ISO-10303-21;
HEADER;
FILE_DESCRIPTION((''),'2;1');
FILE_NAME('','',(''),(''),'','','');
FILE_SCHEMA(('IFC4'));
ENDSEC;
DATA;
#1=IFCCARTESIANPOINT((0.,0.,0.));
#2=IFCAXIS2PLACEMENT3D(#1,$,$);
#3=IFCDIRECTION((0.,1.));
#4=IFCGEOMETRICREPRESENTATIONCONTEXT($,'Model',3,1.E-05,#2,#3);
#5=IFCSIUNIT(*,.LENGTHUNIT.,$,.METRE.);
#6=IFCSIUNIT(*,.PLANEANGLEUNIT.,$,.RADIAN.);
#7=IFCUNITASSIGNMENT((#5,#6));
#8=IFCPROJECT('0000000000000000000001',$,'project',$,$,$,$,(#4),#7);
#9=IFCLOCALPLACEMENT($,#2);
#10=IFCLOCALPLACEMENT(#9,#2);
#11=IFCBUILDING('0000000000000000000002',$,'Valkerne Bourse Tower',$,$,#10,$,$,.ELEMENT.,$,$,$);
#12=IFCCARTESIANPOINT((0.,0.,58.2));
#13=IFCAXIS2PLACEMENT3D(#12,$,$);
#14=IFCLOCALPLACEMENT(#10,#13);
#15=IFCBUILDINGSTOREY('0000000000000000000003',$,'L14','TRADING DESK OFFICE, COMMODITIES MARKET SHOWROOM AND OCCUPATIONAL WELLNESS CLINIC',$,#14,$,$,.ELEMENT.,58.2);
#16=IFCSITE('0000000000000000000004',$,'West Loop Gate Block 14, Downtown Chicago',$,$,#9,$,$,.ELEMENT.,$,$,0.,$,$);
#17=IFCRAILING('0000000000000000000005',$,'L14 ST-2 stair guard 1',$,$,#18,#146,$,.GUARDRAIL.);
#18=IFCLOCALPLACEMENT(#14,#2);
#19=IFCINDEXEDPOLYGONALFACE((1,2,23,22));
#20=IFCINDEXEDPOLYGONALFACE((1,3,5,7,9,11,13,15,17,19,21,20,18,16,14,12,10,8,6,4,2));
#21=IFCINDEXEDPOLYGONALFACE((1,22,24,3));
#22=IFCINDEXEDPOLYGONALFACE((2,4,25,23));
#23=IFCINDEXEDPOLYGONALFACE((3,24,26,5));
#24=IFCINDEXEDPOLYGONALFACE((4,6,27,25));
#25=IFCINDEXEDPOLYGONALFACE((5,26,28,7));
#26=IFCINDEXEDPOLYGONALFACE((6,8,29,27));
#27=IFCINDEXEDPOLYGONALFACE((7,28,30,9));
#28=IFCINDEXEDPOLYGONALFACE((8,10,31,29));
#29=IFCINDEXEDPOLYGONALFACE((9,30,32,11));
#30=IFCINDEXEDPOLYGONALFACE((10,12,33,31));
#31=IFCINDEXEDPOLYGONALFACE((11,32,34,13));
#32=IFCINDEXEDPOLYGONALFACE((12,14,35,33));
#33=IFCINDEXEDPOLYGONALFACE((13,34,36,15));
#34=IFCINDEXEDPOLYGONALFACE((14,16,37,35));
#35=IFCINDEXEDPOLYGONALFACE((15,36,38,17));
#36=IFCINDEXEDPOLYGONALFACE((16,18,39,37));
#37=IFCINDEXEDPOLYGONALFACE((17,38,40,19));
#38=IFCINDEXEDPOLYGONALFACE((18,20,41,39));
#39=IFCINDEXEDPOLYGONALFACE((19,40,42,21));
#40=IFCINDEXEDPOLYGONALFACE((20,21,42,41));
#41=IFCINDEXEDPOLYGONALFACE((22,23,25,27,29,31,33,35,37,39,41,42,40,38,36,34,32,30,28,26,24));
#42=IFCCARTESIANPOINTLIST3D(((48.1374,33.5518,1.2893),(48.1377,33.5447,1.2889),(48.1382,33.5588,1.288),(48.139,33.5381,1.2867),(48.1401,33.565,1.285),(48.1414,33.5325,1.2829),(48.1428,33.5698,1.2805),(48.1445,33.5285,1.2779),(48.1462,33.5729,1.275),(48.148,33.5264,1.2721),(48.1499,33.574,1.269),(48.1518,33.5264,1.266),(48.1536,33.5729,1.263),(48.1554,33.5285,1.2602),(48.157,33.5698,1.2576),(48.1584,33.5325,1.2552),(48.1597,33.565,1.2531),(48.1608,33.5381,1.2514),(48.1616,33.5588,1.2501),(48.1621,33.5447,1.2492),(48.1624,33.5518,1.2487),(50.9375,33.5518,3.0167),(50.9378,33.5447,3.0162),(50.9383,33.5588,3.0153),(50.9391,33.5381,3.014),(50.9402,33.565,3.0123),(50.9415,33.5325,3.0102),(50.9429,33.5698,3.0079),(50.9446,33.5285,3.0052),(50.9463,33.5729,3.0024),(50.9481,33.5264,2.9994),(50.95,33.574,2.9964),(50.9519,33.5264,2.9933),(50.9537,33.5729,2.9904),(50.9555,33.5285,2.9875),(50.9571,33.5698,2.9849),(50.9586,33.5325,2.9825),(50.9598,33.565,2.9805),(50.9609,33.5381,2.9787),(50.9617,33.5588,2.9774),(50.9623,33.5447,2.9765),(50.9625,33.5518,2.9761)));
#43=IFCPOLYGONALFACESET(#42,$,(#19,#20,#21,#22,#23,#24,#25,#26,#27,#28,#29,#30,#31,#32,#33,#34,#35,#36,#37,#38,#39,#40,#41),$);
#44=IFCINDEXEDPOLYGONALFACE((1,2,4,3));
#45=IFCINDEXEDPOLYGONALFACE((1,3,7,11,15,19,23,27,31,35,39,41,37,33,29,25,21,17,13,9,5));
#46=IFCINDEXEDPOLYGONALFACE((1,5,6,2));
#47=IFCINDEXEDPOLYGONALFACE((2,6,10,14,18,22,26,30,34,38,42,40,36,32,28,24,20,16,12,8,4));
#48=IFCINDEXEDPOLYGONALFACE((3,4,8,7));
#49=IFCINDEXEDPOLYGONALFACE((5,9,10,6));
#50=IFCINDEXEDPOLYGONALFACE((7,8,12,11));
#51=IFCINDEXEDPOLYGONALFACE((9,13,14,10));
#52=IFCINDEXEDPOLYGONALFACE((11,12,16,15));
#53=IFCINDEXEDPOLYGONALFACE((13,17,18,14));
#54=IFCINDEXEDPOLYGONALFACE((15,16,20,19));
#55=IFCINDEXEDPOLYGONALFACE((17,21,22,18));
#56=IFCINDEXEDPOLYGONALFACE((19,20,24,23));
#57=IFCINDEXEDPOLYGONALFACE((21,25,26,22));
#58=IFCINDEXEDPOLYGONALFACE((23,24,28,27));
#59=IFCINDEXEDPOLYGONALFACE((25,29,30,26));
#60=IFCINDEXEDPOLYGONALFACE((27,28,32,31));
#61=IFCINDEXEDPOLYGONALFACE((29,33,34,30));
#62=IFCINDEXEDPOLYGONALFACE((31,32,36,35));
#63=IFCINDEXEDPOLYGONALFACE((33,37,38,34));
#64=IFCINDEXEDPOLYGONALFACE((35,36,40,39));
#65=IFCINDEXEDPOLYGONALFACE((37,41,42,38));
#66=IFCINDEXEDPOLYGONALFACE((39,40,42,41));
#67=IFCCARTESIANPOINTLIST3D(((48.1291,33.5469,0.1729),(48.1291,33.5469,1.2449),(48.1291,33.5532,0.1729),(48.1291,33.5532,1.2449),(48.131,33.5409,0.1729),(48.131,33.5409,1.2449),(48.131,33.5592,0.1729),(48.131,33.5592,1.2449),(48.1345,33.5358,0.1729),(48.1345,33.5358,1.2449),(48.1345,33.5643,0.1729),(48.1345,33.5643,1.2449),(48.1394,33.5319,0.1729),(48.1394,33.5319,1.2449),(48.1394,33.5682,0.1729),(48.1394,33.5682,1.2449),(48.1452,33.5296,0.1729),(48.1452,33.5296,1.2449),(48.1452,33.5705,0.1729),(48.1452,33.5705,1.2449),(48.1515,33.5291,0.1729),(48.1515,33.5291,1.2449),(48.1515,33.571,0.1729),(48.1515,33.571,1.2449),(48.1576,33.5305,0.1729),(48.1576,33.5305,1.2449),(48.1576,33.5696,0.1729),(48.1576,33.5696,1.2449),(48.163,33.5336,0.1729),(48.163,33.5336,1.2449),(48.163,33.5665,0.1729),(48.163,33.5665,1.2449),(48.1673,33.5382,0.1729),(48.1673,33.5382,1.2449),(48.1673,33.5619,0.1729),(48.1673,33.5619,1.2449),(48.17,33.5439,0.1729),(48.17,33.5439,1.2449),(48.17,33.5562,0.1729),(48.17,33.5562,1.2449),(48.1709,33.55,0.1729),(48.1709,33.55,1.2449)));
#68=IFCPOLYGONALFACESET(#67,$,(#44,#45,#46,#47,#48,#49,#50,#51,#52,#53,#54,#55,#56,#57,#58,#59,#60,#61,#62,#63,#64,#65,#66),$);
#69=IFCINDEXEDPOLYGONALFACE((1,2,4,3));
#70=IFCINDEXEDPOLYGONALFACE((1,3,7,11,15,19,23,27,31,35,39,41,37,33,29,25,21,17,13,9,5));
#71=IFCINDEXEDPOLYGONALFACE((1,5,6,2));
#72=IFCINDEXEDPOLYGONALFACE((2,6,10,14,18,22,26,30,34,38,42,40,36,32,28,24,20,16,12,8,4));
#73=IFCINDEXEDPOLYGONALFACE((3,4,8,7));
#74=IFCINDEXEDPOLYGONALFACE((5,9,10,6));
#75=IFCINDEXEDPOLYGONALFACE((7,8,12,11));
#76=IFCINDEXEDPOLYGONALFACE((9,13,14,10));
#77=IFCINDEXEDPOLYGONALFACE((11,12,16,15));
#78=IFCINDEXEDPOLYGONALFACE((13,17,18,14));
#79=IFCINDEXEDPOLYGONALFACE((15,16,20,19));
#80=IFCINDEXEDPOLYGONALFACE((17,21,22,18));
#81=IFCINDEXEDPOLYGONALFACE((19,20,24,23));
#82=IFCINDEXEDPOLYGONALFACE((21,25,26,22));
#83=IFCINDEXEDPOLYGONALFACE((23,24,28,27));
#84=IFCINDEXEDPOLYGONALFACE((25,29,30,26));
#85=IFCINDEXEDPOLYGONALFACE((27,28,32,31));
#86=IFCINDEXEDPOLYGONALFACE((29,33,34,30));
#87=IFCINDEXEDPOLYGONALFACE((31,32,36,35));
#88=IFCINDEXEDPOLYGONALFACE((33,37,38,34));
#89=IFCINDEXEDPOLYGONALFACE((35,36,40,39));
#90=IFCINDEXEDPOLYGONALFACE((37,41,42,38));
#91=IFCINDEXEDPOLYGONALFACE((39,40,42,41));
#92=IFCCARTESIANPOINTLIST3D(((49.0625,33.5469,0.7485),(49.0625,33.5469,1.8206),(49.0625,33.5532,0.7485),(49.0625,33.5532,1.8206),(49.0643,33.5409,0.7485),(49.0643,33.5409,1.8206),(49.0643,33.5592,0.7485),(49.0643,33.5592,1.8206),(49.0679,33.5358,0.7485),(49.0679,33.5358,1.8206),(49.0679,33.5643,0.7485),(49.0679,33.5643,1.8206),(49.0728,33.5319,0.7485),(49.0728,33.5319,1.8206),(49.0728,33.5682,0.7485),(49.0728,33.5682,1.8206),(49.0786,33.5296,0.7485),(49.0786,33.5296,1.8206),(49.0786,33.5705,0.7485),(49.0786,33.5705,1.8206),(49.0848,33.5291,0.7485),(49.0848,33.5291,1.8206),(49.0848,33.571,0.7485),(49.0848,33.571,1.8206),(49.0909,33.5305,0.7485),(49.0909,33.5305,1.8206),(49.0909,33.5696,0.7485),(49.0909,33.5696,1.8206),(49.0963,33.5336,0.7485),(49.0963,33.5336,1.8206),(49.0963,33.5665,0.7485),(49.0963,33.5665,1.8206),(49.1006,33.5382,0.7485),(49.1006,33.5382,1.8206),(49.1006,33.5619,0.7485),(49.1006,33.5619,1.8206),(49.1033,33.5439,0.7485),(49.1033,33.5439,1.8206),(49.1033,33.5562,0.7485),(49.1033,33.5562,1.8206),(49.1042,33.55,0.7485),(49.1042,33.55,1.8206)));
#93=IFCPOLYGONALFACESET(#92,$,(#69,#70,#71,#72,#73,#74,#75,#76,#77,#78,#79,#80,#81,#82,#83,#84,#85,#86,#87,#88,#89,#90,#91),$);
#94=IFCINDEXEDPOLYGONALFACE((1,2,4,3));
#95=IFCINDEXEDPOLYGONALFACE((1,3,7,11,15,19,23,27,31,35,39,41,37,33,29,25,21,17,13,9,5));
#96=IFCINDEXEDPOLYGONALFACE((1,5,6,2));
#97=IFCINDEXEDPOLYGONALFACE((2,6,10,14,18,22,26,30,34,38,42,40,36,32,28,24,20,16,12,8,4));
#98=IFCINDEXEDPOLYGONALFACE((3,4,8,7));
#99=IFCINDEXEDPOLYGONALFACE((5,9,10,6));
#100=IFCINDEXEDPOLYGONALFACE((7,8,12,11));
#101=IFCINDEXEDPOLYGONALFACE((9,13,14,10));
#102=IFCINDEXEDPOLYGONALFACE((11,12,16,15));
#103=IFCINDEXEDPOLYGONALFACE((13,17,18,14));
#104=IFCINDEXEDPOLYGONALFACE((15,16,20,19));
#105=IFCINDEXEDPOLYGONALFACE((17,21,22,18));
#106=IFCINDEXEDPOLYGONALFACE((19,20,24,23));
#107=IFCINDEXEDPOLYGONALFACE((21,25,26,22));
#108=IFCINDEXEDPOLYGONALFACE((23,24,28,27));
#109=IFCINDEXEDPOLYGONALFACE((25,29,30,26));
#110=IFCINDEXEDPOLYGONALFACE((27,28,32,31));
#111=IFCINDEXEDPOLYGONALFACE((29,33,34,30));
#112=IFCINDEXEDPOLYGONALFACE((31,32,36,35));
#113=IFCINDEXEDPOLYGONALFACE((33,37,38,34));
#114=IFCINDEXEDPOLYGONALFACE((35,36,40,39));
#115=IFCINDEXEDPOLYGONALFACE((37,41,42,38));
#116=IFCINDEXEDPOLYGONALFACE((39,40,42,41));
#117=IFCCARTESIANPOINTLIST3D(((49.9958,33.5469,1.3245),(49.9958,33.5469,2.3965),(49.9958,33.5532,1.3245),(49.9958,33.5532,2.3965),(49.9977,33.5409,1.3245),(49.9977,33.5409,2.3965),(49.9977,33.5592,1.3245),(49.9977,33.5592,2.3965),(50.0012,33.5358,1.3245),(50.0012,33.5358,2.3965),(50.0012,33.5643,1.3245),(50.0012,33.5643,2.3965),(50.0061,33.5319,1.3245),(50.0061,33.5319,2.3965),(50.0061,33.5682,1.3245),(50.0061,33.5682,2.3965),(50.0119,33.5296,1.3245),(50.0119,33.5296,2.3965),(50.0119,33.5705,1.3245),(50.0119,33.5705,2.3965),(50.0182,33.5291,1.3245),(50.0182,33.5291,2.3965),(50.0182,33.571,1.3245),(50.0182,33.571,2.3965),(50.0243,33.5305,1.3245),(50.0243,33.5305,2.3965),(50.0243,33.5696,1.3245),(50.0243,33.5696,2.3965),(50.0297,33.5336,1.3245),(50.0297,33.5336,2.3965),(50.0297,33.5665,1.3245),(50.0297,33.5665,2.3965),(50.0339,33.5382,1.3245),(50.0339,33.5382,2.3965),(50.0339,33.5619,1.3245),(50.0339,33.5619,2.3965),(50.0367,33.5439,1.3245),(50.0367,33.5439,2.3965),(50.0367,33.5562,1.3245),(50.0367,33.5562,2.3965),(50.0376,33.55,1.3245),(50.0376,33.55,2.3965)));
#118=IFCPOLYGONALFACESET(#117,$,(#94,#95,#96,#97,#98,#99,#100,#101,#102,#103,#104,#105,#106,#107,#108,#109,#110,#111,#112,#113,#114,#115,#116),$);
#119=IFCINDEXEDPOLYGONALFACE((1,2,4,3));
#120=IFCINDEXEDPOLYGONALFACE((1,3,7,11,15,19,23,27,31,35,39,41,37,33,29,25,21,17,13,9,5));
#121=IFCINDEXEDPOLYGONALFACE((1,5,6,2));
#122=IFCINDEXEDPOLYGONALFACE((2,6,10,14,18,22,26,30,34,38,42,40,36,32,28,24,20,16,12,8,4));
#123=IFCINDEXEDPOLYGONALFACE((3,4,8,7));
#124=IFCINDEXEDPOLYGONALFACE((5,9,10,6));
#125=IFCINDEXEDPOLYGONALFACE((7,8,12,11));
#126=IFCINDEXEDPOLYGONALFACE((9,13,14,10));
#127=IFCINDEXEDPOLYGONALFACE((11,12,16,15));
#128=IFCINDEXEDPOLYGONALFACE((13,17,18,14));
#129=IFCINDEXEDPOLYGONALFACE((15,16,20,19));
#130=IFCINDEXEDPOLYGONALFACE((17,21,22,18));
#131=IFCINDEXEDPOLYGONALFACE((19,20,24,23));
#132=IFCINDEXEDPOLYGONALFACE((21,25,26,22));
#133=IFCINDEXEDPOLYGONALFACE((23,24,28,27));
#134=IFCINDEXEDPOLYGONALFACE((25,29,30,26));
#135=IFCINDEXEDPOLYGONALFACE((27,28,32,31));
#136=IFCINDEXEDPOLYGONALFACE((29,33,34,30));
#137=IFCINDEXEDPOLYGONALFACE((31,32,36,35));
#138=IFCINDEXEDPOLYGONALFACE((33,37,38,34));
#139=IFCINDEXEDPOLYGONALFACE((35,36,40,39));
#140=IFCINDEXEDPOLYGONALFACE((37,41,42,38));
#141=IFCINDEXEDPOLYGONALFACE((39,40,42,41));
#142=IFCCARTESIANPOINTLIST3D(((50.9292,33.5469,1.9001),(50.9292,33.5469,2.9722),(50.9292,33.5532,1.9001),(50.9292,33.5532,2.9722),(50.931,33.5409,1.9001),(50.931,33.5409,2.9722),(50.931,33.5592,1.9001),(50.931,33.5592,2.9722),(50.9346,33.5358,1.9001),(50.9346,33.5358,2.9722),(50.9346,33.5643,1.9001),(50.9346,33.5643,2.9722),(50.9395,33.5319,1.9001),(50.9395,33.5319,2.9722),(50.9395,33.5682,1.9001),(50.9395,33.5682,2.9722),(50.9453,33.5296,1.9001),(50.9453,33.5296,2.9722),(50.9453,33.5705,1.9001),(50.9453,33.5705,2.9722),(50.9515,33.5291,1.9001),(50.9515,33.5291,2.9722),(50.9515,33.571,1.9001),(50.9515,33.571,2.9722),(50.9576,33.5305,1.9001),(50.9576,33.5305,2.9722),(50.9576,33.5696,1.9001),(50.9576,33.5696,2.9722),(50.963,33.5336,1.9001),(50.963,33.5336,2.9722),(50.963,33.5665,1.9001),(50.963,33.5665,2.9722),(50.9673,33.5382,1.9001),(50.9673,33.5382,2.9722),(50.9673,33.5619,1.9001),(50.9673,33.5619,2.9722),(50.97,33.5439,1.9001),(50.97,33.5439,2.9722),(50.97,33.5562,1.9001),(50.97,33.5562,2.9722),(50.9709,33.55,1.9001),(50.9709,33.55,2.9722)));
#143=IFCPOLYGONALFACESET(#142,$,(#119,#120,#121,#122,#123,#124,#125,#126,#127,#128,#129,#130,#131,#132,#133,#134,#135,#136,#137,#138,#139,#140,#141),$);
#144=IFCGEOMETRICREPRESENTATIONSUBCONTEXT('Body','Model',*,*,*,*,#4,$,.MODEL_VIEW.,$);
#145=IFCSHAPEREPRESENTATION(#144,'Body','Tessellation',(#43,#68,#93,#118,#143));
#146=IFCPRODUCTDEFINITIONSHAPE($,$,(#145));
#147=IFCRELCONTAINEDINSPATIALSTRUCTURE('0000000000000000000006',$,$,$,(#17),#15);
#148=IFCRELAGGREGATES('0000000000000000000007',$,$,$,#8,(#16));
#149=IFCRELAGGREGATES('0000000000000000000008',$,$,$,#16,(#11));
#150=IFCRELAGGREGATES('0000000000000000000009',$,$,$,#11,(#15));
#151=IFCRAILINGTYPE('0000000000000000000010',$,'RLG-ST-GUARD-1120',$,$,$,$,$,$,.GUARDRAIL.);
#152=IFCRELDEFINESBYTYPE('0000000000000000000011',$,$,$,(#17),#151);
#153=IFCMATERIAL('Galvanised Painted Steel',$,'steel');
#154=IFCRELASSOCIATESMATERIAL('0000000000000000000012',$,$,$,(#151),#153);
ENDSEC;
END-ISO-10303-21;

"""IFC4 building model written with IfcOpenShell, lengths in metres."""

from ifc_helpers import new_model, si_unit, direction, frame, origin, origin_2d, place, context, subcontext, project, spatial, circle, extrude, material, type_object, element, save


model = new_model("IFC4")

# Units and contexts
model_context = context("Model", 3, precision=1e-05, world=origin(), true_north=direction((0.0, 1.0)))
body_context = subcontext(model_context, "Body", "Model", "MODEL_VIEW")
ifc_project = project(units=[si_unit("LENGTHUNIT", "METRE"), si_unit("PLANEANGLEUNIT", "RADIAN")], contexts=[model_context])

# Site, building, storey
site_placement = place(None, origin())
site = spatial("IfcSite", under=ifc_project, at=site_placement, Name="West Loop Gate Block 14, Downtown Chicago", CompositionType="ELEMENT", RefElevation=0.0)
building_placement = place(site_placement, origin())
building = spatial("IfcBuilding", under=site, at=building_placement, Name="Valkerne Bourse Tower", CompositionType="ELEMENT")
storey_placement = place(building_placement, frame((0.0, 0.0, 58.2)))
storey = spatial("IfcBuildingStorey", under=building, at=storey_placement, Name="L14", Description="TRADING DESK OFFICE, COMMODITIES MARKET SHOWROOM AND OCCUPATIONAL WELLNESS CLINIC", CompositionType="ELEMENT", Elevation=58.2)

# Shared definitions
ifc_material_1 = material(Name="Galvanised Painted Steel", Category="steel")

# Railing
railing_type_1 = type_object("IfcRailingType", Name="RLG-ST-GUARD-1120", PredefinedType="GUARDRAIL", material=ifc_material_1)
railing_1_placement = place(storey_placement, frame((48.1499, 33.55, 0.1729)))
element("IfcRailing", 1, at=railing_1_placement, inside=storey, type_object=railing_type_1, Name="L14 ST-2 stair guard 1", PredefinedType="GUARDRAIL", context=body_context, shape_type="SweptSolid", body=[
    extrude(circle(Radius=0.0239, at=origin_2d()), frame((0.0, 0.0, 1.0962), z_axis=(0.85109, 0.0, 0.52502), x_axis=(0.0, 1.0, 0.0)), (0.0, 0.0, 1.0), 3.29),
    extrude(circle(Radius=0.021, at=origin_2d()), origin(), (0.0, 0.0, 1.0), 1.072),
    extrude(circle(Radius=0.021, at=origin_2d()), frame((0.9333, 0.0, 0.5757)), (0.0, 0.0, 1.0), 1.072),
    extrude(circle(Radius=0.021, at=origin_2d()), frame((1.8667, 0.0, 1.1516)), (0.0, 0.0, 1.0), 1.072),
    extrude(circle(Radius=0.021, at=origin_2d()), frame((2.8, 0.0, 1.7273)), (0.0, 0.0, 1.0), 1.072),
])

save(model, "model.ifc")
